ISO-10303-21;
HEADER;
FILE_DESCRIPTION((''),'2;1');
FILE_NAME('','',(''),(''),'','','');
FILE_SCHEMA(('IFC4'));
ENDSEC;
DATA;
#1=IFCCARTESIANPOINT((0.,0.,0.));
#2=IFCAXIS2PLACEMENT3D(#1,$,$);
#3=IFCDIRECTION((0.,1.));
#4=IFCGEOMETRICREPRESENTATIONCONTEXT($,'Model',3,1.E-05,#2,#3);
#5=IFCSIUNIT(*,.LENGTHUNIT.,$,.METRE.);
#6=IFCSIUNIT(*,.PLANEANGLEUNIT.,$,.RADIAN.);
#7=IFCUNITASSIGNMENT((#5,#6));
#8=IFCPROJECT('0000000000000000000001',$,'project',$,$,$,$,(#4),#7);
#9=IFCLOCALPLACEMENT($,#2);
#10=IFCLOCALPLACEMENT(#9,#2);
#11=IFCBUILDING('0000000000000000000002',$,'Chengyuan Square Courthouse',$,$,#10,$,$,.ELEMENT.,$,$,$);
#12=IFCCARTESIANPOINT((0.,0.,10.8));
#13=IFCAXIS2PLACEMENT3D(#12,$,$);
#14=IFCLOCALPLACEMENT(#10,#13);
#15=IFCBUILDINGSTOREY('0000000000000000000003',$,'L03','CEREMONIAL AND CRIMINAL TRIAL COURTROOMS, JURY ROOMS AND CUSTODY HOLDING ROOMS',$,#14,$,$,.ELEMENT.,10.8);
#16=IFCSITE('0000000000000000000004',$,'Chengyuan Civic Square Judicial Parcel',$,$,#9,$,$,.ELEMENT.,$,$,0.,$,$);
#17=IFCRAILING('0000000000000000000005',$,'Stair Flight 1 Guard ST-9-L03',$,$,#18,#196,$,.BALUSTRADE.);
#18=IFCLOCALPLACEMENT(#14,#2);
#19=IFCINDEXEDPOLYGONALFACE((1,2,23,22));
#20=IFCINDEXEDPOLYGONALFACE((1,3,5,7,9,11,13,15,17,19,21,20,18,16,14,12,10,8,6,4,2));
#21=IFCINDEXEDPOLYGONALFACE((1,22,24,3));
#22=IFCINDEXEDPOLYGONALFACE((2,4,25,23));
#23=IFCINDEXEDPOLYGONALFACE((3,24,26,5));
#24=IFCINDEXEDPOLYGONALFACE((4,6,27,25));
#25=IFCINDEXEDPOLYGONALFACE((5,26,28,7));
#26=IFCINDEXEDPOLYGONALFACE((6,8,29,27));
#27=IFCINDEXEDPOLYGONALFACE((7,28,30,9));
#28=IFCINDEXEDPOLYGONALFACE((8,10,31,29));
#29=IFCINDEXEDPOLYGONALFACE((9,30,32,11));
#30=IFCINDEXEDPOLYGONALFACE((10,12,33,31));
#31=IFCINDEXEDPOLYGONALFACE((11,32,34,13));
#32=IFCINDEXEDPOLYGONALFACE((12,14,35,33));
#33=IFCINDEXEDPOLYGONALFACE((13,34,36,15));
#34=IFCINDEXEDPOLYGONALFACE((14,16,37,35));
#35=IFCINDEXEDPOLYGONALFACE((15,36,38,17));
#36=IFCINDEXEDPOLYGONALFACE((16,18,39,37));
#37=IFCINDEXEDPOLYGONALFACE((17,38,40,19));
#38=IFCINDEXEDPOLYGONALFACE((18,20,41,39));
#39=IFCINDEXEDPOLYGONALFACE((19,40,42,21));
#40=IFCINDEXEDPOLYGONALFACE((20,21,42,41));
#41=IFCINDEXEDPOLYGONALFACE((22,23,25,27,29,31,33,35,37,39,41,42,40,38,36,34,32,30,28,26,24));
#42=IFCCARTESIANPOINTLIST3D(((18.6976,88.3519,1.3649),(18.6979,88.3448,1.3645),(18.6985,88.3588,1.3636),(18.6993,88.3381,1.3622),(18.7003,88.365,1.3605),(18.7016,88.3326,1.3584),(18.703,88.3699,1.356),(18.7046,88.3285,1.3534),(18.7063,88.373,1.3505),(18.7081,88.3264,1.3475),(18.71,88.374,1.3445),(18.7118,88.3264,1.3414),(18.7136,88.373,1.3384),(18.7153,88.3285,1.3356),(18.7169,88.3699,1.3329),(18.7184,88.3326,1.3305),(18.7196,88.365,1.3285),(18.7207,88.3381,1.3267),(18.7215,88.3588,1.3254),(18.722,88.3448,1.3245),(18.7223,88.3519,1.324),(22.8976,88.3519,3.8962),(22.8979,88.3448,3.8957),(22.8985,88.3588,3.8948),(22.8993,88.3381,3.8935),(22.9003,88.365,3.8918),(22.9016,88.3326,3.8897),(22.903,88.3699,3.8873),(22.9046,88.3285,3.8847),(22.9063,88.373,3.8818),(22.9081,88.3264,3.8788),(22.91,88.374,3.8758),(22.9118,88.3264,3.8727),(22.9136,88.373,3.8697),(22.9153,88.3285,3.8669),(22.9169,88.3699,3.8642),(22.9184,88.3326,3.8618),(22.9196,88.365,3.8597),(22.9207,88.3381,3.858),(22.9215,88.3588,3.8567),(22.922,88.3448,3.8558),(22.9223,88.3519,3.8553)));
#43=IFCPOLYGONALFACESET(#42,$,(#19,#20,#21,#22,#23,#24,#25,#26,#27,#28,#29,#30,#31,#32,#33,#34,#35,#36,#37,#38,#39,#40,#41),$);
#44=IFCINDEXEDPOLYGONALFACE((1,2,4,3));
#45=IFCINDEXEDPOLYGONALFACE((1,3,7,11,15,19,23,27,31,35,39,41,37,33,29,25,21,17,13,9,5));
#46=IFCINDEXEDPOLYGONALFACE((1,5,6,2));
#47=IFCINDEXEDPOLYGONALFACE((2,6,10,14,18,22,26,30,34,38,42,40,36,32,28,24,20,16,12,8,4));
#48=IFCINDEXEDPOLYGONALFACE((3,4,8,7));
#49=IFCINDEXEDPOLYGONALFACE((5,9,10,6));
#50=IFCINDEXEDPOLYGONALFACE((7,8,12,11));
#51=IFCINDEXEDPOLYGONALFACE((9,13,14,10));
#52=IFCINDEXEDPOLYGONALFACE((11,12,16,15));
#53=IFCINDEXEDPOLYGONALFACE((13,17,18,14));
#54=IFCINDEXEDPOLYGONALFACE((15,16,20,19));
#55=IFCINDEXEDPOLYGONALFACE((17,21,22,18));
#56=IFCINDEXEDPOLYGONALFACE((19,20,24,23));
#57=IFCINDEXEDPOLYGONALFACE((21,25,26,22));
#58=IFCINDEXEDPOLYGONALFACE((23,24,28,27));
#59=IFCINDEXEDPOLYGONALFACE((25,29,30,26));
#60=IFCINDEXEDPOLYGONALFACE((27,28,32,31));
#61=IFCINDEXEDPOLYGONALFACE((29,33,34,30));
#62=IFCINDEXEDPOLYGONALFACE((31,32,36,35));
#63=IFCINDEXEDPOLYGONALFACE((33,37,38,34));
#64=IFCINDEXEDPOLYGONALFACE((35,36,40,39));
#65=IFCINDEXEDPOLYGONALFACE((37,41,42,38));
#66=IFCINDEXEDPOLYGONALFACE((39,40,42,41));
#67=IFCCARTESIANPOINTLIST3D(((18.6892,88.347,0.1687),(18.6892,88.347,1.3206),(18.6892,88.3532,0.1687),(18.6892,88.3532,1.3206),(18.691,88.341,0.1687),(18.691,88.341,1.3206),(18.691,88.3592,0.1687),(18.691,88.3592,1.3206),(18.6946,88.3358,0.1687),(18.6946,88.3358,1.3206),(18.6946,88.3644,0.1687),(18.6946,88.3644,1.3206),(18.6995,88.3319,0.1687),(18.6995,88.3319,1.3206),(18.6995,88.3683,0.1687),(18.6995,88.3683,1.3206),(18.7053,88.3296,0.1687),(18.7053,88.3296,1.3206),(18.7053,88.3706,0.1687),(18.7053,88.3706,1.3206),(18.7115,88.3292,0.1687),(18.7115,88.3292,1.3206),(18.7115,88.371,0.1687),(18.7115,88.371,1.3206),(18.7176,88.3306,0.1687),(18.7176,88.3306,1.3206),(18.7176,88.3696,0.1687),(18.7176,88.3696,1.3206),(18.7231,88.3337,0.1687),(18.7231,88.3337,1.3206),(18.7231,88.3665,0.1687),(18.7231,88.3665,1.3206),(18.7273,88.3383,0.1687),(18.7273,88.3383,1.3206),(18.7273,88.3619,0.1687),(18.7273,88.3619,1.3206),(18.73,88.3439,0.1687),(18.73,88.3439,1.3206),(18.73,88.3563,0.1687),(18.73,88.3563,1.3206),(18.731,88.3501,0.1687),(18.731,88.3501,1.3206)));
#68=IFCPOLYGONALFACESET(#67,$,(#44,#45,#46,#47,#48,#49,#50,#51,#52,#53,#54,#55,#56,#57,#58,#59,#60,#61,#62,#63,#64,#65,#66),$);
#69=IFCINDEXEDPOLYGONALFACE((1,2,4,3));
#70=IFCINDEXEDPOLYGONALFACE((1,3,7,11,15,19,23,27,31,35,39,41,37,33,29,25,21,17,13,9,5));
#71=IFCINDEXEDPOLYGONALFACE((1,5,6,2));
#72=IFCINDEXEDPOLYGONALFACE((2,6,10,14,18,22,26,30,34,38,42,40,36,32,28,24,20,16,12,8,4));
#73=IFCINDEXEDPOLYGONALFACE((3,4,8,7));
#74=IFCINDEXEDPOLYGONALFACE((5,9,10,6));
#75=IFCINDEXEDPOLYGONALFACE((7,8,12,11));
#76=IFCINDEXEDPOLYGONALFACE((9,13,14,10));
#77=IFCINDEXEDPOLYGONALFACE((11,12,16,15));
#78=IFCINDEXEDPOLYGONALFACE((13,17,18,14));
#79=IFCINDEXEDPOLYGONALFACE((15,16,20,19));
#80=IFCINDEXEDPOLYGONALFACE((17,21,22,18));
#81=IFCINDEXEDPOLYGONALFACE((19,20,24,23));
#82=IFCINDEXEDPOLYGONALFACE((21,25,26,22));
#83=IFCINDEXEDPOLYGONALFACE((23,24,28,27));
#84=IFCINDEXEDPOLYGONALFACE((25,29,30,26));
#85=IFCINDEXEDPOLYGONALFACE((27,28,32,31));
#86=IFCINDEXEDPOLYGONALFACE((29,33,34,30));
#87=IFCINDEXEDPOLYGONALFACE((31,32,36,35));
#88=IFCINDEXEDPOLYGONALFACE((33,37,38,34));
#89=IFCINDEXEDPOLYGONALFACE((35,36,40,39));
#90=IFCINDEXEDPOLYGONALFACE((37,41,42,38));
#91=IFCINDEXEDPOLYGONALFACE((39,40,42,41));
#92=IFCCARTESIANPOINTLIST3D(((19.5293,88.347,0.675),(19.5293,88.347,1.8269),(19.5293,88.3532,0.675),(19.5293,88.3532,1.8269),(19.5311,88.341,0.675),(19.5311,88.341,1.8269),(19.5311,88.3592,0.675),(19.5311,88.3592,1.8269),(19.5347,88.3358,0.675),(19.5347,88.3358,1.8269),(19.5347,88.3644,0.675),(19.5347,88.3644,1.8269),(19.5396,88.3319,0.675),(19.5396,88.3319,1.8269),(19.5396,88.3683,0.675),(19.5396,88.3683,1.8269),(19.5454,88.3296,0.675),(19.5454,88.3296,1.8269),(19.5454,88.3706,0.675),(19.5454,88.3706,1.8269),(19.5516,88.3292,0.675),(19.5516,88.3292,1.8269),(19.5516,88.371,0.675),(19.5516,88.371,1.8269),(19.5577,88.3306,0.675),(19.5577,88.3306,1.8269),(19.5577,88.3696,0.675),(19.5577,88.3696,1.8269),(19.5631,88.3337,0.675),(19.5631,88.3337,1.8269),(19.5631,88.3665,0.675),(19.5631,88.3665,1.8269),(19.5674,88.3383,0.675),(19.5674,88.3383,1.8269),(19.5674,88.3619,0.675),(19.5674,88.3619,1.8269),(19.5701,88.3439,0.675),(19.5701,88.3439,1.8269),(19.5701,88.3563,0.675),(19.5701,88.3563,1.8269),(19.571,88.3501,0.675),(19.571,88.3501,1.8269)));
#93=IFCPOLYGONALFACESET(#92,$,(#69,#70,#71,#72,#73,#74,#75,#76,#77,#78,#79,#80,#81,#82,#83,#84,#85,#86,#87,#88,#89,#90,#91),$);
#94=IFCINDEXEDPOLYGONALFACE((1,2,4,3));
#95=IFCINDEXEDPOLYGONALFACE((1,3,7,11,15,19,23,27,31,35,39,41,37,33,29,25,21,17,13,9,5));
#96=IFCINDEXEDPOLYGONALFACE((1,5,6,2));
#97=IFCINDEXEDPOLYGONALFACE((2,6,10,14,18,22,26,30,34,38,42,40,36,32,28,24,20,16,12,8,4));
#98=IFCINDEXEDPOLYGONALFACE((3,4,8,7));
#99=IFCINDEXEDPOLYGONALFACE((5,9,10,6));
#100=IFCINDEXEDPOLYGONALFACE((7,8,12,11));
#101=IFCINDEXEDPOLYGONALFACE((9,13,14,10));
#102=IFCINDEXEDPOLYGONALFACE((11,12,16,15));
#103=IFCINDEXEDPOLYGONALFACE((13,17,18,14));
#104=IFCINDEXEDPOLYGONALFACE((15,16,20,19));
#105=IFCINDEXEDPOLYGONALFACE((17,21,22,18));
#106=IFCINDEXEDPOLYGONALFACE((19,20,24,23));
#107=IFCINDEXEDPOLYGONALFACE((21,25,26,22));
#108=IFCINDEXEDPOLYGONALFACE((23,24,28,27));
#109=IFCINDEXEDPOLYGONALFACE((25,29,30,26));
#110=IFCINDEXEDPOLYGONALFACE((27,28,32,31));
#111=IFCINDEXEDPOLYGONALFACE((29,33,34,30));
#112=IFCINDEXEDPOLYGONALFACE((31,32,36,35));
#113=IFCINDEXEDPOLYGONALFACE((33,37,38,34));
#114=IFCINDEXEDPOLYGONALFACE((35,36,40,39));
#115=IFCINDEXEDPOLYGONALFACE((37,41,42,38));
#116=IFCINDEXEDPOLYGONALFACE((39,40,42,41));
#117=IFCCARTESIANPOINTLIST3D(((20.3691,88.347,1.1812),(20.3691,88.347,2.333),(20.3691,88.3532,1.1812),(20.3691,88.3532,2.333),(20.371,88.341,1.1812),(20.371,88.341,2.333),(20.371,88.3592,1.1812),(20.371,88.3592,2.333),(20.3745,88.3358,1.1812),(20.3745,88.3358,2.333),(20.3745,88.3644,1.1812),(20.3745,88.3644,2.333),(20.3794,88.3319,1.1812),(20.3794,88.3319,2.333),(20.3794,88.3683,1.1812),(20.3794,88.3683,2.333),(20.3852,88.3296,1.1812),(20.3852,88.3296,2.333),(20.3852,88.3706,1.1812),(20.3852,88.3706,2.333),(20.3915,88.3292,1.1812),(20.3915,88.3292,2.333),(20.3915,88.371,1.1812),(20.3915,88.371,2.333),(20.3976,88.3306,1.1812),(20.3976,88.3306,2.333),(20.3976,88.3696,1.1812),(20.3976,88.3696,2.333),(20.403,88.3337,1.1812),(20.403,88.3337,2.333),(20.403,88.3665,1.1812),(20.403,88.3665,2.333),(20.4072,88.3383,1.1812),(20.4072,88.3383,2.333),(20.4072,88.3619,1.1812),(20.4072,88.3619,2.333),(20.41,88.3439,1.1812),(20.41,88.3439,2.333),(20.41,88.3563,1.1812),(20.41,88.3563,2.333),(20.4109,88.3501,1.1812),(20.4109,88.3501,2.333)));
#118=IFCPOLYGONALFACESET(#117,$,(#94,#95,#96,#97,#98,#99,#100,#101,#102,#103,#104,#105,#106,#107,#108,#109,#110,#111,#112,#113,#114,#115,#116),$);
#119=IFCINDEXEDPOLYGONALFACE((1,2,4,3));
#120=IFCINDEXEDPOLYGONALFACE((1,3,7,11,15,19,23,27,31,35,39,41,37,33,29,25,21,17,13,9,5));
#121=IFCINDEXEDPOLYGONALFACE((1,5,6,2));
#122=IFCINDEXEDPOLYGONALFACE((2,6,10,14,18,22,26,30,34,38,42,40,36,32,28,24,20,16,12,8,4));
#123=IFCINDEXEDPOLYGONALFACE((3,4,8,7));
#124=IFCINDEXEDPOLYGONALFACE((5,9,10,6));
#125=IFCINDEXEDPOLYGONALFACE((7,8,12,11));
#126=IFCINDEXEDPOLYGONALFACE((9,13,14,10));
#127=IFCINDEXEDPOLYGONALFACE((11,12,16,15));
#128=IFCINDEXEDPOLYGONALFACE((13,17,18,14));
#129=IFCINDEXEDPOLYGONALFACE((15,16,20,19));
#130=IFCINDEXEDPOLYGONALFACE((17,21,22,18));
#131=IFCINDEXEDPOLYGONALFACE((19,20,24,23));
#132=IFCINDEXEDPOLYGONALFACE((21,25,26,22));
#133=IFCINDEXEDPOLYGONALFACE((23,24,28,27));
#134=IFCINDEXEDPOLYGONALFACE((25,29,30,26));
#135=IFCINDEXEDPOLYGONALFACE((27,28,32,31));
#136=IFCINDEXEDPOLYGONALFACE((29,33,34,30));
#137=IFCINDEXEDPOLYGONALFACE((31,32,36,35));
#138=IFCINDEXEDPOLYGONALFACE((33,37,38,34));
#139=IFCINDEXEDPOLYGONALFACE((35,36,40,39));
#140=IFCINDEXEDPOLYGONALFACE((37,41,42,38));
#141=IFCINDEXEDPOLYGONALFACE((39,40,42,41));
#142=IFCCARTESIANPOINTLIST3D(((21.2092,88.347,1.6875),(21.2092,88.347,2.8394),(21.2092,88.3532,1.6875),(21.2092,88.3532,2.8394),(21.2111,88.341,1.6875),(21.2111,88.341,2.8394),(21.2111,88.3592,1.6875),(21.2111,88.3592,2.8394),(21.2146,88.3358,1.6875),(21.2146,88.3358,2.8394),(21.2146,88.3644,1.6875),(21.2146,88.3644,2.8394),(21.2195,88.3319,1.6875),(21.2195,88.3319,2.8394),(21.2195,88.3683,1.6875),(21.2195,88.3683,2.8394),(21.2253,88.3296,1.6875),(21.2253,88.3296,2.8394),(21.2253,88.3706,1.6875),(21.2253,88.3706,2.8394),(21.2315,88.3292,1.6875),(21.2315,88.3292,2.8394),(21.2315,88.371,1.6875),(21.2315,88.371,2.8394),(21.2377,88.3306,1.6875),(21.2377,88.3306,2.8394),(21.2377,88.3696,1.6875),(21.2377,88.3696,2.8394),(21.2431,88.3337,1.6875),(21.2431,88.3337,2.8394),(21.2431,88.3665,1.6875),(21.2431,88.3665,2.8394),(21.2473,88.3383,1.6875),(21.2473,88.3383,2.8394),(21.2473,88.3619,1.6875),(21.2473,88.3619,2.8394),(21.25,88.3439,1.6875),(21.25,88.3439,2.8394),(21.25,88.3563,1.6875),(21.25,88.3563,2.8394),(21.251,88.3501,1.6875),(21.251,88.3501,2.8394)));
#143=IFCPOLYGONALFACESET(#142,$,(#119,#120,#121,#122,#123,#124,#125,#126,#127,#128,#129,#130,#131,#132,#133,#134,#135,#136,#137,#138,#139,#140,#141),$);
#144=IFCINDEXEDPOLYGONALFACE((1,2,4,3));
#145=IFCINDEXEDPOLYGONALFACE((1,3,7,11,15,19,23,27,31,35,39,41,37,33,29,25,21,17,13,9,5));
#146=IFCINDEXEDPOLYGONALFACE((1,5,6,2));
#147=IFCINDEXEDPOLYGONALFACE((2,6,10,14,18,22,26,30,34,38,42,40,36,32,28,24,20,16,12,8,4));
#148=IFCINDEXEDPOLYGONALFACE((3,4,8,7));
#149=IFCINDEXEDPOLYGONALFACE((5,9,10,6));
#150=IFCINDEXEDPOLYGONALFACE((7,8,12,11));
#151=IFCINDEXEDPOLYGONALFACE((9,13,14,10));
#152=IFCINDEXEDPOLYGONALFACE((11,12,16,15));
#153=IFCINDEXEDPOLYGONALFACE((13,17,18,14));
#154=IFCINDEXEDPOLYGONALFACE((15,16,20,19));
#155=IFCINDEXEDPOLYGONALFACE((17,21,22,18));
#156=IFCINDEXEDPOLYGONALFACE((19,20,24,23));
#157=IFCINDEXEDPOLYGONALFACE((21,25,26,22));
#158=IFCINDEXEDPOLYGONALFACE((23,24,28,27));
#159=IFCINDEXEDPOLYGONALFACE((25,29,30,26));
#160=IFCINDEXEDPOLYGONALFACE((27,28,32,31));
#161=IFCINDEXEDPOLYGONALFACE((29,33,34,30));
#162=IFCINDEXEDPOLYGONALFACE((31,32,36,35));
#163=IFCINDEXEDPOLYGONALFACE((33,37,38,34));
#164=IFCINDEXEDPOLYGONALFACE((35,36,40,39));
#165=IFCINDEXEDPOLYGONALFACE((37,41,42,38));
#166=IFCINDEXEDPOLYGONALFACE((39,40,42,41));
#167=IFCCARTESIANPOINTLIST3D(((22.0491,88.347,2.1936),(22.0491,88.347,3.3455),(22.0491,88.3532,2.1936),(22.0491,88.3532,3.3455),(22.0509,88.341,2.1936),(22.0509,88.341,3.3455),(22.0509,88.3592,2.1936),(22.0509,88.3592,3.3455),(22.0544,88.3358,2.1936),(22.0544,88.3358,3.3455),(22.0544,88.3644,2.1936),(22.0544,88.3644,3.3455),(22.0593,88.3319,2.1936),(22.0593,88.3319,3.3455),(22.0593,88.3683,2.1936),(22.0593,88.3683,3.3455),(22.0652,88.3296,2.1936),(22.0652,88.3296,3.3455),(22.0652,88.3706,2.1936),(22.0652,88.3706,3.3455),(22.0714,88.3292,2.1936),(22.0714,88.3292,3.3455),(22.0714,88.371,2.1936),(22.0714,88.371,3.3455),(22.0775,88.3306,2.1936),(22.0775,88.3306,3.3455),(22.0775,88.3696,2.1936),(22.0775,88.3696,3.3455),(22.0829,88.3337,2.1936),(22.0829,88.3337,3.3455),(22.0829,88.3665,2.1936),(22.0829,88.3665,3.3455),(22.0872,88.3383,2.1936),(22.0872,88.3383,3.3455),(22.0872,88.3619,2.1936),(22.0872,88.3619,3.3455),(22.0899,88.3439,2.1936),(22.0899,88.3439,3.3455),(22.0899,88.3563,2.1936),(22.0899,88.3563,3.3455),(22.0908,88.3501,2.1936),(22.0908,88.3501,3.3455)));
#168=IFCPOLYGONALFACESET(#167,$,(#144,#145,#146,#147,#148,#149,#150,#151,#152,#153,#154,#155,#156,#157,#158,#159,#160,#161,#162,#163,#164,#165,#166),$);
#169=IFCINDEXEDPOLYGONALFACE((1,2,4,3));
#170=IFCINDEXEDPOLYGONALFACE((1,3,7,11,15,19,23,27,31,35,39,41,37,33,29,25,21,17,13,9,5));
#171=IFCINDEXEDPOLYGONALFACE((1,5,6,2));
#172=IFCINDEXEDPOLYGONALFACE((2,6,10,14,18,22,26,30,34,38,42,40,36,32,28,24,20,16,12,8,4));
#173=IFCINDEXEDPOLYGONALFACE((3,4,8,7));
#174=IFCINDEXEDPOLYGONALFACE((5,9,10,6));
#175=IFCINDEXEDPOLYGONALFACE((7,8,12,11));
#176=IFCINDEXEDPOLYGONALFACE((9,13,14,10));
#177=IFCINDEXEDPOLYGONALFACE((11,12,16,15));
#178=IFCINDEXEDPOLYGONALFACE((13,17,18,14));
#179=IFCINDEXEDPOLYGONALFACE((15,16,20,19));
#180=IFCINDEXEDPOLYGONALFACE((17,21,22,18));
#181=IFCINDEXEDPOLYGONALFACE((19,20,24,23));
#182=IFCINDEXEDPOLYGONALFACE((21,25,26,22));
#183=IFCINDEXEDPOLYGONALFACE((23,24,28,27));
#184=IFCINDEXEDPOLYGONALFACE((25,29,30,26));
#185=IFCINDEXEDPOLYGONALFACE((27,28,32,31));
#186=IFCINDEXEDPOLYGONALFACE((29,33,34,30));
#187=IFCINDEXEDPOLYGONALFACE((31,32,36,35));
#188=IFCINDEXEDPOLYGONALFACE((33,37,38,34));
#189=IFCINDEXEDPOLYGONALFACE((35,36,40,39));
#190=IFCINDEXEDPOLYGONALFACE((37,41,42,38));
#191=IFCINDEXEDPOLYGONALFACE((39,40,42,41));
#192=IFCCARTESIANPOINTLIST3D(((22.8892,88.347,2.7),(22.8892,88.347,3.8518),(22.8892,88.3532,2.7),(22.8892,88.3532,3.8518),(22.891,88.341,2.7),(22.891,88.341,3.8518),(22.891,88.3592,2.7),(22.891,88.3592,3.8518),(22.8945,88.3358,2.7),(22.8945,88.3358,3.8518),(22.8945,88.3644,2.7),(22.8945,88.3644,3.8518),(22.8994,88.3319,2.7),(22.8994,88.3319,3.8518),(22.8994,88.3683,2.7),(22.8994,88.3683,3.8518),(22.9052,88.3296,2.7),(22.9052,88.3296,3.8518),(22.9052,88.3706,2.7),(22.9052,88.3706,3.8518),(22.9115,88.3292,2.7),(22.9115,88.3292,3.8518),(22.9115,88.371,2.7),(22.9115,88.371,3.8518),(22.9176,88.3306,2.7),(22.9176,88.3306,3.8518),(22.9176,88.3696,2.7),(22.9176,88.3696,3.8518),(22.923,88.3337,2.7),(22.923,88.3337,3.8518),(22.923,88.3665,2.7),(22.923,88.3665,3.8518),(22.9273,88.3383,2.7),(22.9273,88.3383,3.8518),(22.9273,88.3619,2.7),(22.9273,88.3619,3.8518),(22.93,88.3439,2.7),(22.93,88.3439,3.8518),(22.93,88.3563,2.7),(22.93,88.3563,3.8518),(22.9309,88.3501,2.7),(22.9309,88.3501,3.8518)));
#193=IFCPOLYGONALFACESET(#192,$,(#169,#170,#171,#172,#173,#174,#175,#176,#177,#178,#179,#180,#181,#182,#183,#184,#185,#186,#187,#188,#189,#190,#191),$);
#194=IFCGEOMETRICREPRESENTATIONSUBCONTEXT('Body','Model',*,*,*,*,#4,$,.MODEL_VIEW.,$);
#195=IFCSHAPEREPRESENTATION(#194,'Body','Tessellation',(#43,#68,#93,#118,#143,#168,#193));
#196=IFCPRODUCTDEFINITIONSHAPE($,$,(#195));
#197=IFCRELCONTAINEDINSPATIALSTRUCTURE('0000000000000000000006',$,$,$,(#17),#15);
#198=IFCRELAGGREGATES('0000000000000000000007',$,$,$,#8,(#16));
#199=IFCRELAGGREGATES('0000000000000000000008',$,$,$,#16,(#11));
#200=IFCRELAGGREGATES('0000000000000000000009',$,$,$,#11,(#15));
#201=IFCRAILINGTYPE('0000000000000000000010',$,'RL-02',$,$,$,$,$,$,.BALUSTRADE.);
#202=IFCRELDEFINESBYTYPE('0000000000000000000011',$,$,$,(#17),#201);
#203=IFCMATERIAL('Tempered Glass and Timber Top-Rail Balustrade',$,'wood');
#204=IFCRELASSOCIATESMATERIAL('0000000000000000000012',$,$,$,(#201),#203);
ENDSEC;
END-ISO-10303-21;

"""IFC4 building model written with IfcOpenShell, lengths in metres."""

from ifc_helpers import new_model, si_unit, direction, frame, origin, origin_2d, place, context, subcontext, project, spatial, circle, extrude, material, type_object, element, save


model = new_model("IFC4")

# Units and contexts
model_context = context("Model", 3, precision=1e-05, world=origin(), true_north=direction((0.0, 1.0)))
body_context = subcontext(model_context, "Body", "Model", "MODEL_VIEW")
ifc_project = project(units=[si_unit("LENGTHUNIT", "METRE"), si_unit("PLANEANGLEUNIT", "RADIAN")], contexts=[model_context])

# Site, building, storey
site_placement = place(None, origin())
site = spatial("IfcSite", under=ifc_project, at=site_placement, Name="Chengyuan Civic Square Judicial Parcel", CompositionType="ELEMENT", RefElevation=0.0)
building_placement = place(site_placement, origin())
building = spatial("IfcBuilding", under=site, at=building_placement, Name="Chengyuan Square Courthouse", CompositionType="ELEMENT")
storey_placement = place(building_placement, frame((0.0, 0.0, 10.8)))
storey = spatial("IfcBuildingStorey", under=building, at=storey_placement, Name="L03", Description="CEREMONIAL AND CRIMINAL TRIAL COURTROOMS, JURY ROOMS AND CUSTODY HOLDING ROOMS", CompositionType="ELEMENT", Elevation=10.8)

# Railing
ifc_material_1 = material(Name="Tempered Glass and Timber Top-Rail Balustrade", Category="wood")
railing_type_1 = type_object("IfcRailingType", Name="RL-02", PredefinedType="BALUSTRADE", material=ifc_material_1)
railing_1_placement = place(storey_placement, frame((18.71, 88.3501, 0.1687)))
element("IfcRailing", 1, at=railing_1_placement, inside=storey, type_object=railing_type_1, Name="Stair Flight 1 Guard ST-9-L03", PredefinedType="BALUSTRADE", context=body_context, shape_type="SweptSolid", body=[
    extrude(circle(Radius=0.0239, at=origin_2d()), frame((0.0, 0.0, 1.1758), z_axis=(0.856476, 0.0, 0.516186), x_axis=(0.0, 1.0, 0.0)), (0.0, 0.0, 1.0), 4.9038),
    extrude(circle(Radius=0.021, at=origin_2d()), origin(), (0.0, 0.0, 1.0), 1.1519),
    extrude(circle(Radius=0.021, at=origin_2d()), frame((0.8401, 0.0, 0.5063)), (0.0, 0.0, 1.0), 1.1519),
    extrude(circle(Radius=0.021, at=origin_2d()), frame((1.6799, 0.0, 1.0125)), (0.0, 0.0, 1.0), 1.1519),
    extrude(circle(Radius=0.021, at=origin_2d()), frame((2.52, 0.0, 1.5188)), (0.0, 0.0, 1.0), 1.1519),
    extrude(circle(Radius=0.021, at=origin_2d()), frame((3.3599, 0.0, 2.0249)), (0.0, 0.0, 1.0), 1.1519),
    extrude(circle(Radius=0.021, at=origin_2d()), frame((4.2, 0.0, 2.5312)), (0.0, 0.0, 1.0), 1.1519),
])

save(model, "model.ifc")
